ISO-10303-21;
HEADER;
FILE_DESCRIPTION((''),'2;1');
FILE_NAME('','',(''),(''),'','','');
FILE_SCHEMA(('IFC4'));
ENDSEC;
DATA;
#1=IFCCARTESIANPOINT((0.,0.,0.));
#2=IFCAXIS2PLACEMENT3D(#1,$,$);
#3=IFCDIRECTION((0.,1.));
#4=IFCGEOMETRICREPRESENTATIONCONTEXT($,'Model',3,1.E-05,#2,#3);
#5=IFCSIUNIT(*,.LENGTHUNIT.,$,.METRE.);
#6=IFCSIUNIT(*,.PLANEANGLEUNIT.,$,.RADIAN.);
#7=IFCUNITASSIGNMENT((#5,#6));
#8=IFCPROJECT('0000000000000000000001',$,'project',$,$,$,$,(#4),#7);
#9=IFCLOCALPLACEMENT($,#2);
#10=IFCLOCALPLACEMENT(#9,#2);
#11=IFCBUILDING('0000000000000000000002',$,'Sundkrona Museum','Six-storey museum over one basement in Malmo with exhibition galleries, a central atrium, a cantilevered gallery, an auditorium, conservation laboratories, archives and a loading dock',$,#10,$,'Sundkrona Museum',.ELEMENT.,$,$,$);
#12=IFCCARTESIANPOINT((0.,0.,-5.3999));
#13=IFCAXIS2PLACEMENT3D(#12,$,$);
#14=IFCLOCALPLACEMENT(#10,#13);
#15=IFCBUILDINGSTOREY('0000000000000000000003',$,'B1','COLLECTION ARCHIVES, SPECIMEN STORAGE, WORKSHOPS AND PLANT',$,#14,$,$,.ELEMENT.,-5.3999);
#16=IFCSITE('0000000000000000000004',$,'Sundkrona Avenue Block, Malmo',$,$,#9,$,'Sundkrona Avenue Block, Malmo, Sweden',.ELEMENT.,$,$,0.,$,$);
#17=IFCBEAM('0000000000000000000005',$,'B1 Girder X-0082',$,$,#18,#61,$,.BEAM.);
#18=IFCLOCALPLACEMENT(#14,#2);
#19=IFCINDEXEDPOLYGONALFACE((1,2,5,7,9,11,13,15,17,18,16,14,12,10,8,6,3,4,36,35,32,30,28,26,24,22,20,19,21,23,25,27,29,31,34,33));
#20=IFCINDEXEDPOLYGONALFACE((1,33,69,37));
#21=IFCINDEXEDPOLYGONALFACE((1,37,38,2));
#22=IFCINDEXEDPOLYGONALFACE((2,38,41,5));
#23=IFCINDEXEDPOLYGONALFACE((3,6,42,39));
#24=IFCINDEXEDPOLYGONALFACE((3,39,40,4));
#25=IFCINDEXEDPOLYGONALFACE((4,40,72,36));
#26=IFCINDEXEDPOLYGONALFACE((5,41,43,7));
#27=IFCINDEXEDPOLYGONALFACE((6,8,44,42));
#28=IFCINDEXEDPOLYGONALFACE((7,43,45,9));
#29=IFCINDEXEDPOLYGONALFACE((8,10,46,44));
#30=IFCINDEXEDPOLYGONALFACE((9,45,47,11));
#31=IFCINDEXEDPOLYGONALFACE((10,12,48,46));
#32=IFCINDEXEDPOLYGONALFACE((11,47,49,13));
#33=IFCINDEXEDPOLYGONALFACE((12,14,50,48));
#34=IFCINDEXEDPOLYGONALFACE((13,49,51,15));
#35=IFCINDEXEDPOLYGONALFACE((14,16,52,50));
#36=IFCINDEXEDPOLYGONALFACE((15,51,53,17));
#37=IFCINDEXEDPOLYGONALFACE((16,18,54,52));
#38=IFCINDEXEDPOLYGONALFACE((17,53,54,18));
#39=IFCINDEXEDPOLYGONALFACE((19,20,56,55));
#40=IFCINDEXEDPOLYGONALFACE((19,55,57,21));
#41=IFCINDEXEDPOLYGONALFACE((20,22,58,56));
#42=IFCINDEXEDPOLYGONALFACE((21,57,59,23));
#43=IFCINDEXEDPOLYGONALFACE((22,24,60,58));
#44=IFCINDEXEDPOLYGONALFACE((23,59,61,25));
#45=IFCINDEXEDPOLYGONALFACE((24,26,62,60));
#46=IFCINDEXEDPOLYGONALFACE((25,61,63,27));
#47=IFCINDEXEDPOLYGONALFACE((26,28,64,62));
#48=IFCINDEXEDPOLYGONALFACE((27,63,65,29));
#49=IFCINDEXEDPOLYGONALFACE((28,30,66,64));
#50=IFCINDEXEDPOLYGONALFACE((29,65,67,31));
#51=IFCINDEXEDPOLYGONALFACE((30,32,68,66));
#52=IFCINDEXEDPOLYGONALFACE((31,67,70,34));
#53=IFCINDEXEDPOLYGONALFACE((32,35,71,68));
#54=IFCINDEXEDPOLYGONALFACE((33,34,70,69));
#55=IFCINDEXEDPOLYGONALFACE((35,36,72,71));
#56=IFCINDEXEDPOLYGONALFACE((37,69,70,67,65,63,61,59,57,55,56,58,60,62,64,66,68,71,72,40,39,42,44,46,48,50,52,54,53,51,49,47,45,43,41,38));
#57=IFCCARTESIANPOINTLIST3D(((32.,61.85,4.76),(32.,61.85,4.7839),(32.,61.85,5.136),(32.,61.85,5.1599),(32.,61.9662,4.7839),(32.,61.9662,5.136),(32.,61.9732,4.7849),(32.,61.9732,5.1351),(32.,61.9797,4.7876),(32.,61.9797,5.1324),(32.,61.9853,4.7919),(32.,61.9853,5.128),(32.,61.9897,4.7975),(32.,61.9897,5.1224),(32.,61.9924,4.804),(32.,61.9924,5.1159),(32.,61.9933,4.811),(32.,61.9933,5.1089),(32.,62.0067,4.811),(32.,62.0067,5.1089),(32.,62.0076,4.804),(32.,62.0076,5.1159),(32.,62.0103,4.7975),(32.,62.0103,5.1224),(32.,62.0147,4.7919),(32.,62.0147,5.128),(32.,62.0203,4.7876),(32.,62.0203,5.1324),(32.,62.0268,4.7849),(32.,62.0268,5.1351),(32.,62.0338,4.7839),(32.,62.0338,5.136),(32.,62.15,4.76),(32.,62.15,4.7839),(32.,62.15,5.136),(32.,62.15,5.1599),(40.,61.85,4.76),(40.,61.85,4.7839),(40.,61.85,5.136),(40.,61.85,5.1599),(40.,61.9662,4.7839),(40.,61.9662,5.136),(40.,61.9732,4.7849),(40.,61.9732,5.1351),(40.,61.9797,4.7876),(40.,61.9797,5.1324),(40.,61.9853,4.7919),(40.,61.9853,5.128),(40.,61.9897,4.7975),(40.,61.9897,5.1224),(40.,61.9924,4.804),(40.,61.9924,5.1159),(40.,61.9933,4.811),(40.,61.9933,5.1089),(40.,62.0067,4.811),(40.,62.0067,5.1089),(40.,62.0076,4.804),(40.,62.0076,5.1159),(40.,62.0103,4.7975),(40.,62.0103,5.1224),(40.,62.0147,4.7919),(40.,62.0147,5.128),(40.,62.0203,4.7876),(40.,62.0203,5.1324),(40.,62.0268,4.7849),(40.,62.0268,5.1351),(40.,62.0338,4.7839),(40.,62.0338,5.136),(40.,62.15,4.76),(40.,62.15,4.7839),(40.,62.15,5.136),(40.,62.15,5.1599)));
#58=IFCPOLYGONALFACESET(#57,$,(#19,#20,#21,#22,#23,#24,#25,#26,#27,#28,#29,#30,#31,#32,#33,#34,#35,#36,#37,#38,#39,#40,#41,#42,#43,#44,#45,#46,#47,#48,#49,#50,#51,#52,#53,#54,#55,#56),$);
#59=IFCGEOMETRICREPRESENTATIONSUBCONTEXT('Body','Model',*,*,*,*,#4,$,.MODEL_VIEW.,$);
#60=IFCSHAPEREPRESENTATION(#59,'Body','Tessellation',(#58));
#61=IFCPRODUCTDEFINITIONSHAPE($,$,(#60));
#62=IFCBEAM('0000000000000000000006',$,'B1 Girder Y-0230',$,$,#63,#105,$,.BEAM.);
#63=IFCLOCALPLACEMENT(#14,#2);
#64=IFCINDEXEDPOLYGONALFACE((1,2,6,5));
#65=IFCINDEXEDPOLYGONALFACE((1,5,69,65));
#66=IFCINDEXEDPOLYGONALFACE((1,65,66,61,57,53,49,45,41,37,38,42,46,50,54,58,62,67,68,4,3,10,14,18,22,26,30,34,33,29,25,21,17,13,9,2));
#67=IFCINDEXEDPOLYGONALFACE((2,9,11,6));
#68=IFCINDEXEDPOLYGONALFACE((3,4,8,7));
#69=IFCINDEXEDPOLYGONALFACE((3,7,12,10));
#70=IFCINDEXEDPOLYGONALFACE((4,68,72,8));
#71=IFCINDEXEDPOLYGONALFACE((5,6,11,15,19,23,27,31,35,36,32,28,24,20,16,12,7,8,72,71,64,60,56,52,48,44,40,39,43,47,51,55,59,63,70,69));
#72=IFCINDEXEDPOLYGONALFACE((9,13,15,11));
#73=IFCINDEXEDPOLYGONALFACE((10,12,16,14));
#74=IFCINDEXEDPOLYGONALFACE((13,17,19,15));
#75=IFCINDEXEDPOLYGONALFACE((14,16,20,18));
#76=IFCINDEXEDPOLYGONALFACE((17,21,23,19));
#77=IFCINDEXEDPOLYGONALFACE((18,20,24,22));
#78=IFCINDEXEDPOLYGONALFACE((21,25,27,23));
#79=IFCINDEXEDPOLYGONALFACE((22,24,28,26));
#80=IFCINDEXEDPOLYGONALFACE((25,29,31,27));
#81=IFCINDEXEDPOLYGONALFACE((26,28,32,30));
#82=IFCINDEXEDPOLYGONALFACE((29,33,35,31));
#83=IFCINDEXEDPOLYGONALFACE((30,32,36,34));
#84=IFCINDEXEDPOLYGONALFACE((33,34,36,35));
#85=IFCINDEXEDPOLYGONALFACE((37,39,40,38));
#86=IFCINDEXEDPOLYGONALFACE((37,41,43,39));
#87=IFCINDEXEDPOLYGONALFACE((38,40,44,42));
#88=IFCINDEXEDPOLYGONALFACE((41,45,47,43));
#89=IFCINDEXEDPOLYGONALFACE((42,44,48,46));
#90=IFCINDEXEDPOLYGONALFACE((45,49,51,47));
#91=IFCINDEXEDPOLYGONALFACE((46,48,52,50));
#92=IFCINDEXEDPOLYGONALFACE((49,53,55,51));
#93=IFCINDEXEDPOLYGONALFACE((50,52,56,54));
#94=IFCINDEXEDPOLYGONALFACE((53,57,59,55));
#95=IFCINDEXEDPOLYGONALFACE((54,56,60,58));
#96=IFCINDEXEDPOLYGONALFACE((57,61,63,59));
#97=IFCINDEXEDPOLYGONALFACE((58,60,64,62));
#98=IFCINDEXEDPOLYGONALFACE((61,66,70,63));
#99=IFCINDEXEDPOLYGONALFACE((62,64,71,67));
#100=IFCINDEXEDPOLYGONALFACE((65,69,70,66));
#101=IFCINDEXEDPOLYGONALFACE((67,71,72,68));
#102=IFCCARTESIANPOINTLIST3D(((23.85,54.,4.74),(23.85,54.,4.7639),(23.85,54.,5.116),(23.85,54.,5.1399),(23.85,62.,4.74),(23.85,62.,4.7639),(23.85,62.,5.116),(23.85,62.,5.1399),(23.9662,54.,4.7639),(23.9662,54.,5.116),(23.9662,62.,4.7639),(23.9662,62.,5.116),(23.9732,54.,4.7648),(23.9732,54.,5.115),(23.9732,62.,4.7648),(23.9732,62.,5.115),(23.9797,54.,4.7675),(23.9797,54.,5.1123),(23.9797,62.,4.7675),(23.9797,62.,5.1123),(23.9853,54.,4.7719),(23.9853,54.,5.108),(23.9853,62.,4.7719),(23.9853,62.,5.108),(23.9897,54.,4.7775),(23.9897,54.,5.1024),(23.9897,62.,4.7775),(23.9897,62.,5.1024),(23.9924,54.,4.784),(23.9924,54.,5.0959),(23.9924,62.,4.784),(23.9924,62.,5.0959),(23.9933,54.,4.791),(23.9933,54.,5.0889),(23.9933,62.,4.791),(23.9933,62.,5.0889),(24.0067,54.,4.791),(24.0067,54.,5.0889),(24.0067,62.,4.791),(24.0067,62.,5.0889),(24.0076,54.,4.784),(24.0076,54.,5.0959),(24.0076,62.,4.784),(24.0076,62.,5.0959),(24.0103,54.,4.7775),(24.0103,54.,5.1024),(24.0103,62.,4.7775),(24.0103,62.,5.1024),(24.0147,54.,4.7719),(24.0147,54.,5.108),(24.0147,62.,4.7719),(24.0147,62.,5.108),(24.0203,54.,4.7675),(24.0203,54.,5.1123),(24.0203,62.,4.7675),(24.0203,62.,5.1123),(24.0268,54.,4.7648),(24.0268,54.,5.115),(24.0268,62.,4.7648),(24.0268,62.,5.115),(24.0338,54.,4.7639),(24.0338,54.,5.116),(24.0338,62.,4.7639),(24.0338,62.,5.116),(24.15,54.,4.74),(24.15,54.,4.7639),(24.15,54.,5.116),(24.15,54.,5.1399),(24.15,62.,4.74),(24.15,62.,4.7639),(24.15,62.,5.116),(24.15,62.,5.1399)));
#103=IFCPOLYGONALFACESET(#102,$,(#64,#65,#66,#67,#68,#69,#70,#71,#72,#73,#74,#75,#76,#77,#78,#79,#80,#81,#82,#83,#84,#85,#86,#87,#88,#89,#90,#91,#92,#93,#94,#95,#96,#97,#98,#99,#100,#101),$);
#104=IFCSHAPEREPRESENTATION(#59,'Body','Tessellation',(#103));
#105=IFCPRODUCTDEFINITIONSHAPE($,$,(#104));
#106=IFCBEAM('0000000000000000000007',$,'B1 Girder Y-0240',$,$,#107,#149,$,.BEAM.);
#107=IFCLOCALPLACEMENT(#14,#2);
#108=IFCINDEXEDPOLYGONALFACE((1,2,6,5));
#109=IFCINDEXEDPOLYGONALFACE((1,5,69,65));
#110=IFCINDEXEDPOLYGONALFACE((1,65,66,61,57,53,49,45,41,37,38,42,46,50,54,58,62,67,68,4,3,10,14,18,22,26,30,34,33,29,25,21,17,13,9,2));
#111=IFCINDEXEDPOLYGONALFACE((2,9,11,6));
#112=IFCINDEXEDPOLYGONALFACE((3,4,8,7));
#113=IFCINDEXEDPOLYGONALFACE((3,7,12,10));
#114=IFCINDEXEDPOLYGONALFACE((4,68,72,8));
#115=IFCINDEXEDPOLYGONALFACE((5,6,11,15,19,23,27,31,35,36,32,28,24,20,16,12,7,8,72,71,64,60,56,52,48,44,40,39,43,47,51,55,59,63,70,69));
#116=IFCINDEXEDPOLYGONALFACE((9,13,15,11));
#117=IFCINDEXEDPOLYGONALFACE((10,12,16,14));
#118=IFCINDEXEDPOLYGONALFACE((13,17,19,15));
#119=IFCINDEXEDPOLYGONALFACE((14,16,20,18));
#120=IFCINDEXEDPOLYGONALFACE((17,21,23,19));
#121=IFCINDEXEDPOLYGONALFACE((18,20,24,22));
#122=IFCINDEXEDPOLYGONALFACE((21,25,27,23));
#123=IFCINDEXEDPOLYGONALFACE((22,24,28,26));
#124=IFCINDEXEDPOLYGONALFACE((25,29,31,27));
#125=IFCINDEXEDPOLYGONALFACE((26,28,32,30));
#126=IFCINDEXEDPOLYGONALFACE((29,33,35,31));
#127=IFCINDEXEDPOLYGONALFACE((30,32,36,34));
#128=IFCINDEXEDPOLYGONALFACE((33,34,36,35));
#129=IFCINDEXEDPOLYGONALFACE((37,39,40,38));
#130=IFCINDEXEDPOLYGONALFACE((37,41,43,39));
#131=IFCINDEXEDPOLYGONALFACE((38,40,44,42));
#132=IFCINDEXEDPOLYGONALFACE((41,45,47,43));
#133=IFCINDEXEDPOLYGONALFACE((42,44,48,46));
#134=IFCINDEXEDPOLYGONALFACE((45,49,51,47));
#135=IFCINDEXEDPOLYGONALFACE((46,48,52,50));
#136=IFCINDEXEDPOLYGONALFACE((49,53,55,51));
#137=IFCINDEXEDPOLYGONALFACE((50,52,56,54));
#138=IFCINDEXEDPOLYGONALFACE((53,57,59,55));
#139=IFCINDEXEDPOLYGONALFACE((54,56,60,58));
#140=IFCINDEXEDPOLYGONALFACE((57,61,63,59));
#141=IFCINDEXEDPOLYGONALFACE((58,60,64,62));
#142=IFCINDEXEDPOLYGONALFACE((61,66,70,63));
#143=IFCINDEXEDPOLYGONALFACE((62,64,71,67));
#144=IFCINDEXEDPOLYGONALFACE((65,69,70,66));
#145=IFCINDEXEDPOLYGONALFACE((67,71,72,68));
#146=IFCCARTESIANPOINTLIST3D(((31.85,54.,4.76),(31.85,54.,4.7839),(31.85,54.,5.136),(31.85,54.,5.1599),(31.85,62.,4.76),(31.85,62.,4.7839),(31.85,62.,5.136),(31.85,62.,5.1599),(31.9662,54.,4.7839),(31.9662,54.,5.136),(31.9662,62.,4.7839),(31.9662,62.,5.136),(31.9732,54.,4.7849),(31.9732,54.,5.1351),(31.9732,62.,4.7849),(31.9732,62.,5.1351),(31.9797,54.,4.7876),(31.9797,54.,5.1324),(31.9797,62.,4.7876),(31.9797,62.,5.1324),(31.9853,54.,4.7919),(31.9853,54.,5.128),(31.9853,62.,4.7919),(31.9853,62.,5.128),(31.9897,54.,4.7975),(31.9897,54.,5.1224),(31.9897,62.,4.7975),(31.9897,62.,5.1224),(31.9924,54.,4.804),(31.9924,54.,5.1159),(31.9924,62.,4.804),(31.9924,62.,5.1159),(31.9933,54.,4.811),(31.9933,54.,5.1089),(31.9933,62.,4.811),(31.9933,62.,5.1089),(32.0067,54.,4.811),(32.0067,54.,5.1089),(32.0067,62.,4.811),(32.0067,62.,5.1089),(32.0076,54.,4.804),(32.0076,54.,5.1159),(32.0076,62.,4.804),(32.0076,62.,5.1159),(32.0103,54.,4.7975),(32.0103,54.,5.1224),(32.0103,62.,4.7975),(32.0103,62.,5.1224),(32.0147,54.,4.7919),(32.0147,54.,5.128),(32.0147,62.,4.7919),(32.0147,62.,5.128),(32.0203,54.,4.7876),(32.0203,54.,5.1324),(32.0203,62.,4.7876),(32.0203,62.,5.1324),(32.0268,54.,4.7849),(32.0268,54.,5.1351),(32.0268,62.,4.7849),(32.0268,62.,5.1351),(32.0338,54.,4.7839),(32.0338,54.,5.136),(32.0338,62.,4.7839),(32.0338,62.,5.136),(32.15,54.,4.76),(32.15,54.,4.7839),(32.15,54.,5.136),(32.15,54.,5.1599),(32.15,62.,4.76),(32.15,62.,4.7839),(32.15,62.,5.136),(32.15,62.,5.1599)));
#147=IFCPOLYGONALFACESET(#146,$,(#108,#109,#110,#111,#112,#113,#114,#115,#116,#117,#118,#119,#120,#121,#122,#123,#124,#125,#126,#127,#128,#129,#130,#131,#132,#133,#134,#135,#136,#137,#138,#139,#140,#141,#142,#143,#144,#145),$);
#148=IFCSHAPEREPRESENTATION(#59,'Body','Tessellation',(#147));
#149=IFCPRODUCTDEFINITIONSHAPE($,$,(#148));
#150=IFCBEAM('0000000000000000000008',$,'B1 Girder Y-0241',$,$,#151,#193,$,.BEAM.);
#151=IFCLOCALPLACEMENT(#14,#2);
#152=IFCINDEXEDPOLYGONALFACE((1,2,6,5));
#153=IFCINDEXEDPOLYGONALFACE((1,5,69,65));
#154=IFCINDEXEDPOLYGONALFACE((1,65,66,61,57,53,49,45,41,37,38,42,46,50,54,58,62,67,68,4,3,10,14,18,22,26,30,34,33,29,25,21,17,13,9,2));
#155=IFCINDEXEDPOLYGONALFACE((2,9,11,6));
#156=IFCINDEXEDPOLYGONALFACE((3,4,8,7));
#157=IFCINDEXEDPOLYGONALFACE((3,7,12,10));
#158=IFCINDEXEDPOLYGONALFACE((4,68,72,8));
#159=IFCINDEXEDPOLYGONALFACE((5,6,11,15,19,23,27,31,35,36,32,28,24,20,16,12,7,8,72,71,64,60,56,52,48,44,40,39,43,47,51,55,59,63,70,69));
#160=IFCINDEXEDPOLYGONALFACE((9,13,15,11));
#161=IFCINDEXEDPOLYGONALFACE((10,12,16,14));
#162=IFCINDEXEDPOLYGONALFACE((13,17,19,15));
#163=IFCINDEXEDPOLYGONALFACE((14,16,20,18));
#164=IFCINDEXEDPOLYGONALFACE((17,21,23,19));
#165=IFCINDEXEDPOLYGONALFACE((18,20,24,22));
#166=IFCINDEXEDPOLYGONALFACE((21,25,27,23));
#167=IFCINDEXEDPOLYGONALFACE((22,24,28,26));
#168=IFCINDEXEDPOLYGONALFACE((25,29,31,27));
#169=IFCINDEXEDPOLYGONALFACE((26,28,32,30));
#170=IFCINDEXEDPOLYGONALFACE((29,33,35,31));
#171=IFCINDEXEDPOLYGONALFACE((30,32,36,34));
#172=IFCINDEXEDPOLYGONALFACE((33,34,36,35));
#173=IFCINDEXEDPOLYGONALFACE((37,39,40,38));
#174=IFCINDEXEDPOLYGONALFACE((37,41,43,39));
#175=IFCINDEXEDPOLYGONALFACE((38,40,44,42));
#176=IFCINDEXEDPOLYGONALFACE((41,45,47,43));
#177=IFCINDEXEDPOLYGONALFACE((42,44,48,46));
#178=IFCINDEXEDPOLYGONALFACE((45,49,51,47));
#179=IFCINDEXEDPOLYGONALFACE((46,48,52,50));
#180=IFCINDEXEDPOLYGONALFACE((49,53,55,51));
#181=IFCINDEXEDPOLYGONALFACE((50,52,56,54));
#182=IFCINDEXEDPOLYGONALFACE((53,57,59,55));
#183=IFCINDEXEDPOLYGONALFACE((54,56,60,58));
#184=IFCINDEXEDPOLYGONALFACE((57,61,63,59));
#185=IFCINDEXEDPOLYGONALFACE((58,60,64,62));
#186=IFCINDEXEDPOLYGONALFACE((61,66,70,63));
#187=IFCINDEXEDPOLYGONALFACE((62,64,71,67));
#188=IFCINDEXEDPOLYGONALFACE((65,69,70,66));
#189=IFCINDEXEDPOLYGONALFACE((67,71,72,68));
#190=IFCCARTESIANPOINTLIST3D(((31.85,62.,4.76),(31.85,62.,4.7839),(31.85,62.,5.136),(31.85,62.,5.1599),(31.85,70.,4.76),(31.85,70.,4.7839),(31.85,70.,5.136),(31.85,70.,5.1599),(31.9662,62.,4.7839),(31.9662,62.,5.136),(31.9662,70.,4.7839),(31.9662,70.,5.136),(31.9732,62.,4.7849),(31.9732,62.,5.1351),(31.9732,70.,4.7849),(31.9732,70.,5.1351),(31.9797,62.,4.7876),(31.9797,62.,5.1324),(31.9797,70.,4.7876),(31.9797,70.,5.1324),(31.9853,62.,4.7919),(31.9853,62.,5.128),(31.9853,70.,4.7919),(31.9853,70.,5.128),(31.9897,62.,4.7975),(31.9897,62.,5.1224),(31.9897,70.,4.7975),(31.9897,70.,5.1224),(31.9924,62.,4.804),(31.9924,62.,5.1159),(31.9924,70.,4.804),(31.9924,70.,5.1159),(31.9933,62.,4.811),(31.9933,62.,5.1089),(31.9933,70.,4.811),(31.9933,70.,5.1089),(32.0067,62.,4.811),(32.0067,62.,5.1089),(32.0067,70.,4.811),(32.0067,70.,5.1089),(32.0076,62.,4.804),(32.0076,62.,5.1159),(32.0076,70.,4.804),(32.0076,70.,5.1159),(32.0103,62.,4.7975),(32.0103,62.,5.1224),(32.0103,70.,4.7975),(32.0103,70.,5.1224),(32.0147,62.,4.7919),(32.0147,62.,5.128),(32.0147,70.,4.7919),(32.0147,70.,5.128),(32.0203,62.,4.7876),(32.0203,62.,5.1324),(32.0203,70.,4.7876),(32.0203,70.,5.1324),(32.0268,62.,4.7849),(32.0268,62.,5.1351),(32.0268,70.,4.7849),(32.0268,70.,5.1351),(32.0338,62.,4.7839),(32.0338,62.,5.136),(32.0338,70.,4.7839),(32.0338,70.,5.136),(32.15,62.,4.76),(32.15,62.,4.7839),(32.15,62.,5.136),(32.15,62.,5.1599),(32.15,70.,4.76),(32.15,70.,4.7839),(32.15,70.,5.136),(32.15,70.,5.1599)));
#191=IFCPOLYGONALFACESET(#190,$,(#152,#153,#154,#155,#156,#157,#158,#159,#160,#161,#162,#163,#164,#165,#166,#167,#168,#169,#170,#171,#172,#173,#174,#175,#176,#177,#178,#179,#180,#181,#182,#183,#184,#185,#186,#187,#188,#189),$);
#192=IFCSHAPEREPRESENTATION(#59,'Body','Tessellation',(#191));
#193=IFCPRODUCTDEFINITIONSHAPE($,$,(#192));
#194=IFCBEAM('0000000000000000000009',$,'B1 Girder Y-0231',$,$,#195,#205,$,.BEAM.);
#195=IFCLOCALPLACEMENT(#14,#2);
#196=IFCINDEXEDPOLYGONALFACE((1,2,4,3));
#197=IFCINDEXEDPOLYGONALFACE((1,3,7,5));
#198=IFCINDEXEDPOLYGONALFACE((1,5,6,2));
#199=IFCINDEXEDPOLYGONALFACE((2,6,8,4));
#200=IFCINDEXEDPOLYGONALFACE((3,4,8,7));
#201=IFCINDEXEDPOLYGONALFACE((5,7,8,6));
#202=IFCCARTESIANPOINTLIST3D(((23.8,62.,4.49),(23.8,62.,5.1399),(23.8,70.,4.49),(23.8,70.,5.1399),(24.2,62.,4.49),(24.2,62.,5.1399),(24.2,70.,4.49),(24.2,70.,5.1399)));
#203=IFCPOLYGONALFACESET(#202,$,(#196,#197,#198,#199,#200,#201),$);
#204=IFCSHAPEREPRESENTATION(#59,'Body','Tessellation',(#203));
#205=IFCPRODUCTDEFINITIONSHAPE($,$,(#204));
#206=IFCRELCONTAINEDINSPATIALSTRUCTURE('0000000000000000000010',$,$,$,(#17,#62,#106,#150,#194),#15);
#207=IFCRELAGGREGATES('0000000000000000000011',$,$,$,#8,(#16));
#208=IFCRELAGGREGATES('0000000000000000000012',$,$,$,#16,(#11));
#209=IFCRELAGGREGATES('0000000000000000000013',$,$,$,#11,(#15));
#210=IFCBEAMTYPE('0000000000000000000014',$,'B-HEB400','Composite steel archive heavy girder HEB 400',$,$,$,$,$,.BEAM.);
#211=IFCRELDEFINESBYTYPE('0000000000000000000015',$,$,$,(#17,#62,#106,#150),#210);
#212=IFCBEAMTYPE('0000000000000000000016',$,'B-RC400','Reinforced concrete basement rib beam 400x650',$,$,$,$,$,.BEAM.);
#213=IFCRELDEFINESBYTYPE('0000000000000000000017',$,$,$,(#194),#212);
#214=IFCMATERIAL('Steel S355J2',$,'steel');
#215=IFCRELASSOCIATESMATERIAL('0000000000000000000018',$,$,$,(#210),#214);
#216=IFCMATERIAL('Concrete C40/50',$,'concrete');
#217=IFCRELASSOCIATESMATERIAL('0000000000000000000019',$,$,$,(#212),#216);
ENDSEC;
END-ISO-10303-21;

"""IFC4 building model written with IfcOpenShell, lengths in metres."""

from ifc_helpers import new_model, si_unit, direction, frame, origin, origin_2d, place, context, subcontext, project, spatial, rectangle, i_section, extrude, material, material_profile, profile_set, type_object, element, save


model = new_model("IFC4")

# Units and contexts
model_context = context("Model", 3, precision=1e-05, world=origin(), true_north=direction((0.0, 1.0)))
body_context = subcontext(model_context, "Body", "Model", "MODEL_VIEW")
ifc_project = project(units=[si_unit("LENGTHUNIT", "METRE"), si_unit("PLANEANGLEUNIT", "RADIAN")], contexts=[model_context])

# Site, building, storey
site_placement = place(None, origin())
site = spatial("IfcSite", under=ifc_project, at=site_placement, Name="Sundkrona Avenue Block, Malmo", LongName="Sundkrona Avenue Block, Malmo, Sweden", CompositionType="ELEMENT", RefElevation=0.0)
building_placement = place(site_placement, origin())
building = spatial("IfcBuilding", under=site, at=building_placement, Name="Sundkrona Museum", Description="Six-storey museum over one basement in Malmo with exhibition galleries, a central atrium, a cantilevered gallery, an auditorium, conservation laboratories, archives and a loading dock", LongName="Sundkrona Museum", CompositionType="ELEMENT")
storey_placement = place(building_placement, frame((0.0, 0.0, -5.3999)))
storey = spatial("IfcBuildingStorey", under=building, at=storey_placement, Name="B1", Description="COLLECTION ARCHIVES, SPECIMEN STORAGE, WORKSHOPS AND PLANT", CompositionType="ELEMENT", Elevation=-5.3999)

# Shared definitions
ifc_material_1 = material(Name="Concrete C40/50", Category="concrete")

# Beams
ifc_material_2 = material(Name="Steel S355J2", Category="steel")
ifc_material_profile_1 = material_profile(ifc_material_2, i_section(OverallWidth=0.3, OverallDepth=0.3999, WebThickness=0.0134, FlangeThickness=0.0239, FilletRadius=0.0271, at=origin_2d()), Name="HEB 400")
ifc_profile_set_1 = profile_set([ifc_material_profile_1], Name="Steel S355J2")
beam_type_1 = type_object("IfcBeamType", Name="B-HEB400", Description="Composite steel archive heavy girder HEB 400", PredefinedType="BEAM", material=ifc_profile_set_1)
for number, where, z_axis, x_axis, name in (
    (1, (32.0, 62.0, 4.96), (1.0, 0.0, 0.0), (0.0, 1.0, 0.0), "B1 Girder X-0082"),
    (2, (24.0, 54.0, 4.9399), (0.0, 1.0, 0.0), (-1.0, 0.0, 0.0), "B1 Girder Y-0230"),
    (3, (32.0, 54.0, 4.96), (0.0, 1.0, 0.0), (-1.0, 0.0, 0.0), "B1 Girder Y-0240"),
    (4, (32.0, 62.0, 4.96), (0.0, 1.0, 0.0), (-1.0, 0.0, 0.0), "B1 Girder Y-0241"),
):
    element("IfcBeam", number, at=place(storey_placement, frame(where, z_axis=z_axis, x_axis=x_axis)), inside=storey, type_object=beam_type_1, Name=name, PredefinedType="BEAM", context=body_context, shape_type="SweptSolid", body=[
        extrude(i_section(OverallWidth=0.3, OverallDepth=0.3999, WebThickness=0.0134, FlangeThickness=0.0239, FilletRadius=0.0271, at=origin_2d()), origin(), (0.0, 0.0, 1.0), 8.0),
    ])
ifc_material_profile_2 = material_profile(ifc_material_1, rectangle(XDim=0.3999, YDim=0.6499, at=origin_2d()), Name="RCB 400x650")
ifc_profile_set_2 = profile_set([ifc_material_profile_2], Name="Concrete C40/50")
beam_type_2 = type_object("IfcBeamType", Name="B-RC400", Description="Reinforced concrete basement rib beam 400x650", PredefinedType="BEAM", material=ifc_profile_set_2)
beam_1_placement = place(storey_placement, frame((24.0, 62.0, 4.8149), z_axis=(0.0, 1.0, 0.0), x_axis=(-1.0, 0.0, 0.0)))
element("IfcBeam", 5, at=beam_1_placement, inside=storey, type_object=beam_type_2, Name="B1 Girder Y-0231", PredefinedType="BEAM", context=body_context, shape_type="SweptSolid", body=[
    extrude(rectangle(XDim=0.3999, YDim=0.6499, at=origin_2d()), origin(), (0.0, 0.0, 1.0), 8.0),
])

save(model, "model.ifc")
